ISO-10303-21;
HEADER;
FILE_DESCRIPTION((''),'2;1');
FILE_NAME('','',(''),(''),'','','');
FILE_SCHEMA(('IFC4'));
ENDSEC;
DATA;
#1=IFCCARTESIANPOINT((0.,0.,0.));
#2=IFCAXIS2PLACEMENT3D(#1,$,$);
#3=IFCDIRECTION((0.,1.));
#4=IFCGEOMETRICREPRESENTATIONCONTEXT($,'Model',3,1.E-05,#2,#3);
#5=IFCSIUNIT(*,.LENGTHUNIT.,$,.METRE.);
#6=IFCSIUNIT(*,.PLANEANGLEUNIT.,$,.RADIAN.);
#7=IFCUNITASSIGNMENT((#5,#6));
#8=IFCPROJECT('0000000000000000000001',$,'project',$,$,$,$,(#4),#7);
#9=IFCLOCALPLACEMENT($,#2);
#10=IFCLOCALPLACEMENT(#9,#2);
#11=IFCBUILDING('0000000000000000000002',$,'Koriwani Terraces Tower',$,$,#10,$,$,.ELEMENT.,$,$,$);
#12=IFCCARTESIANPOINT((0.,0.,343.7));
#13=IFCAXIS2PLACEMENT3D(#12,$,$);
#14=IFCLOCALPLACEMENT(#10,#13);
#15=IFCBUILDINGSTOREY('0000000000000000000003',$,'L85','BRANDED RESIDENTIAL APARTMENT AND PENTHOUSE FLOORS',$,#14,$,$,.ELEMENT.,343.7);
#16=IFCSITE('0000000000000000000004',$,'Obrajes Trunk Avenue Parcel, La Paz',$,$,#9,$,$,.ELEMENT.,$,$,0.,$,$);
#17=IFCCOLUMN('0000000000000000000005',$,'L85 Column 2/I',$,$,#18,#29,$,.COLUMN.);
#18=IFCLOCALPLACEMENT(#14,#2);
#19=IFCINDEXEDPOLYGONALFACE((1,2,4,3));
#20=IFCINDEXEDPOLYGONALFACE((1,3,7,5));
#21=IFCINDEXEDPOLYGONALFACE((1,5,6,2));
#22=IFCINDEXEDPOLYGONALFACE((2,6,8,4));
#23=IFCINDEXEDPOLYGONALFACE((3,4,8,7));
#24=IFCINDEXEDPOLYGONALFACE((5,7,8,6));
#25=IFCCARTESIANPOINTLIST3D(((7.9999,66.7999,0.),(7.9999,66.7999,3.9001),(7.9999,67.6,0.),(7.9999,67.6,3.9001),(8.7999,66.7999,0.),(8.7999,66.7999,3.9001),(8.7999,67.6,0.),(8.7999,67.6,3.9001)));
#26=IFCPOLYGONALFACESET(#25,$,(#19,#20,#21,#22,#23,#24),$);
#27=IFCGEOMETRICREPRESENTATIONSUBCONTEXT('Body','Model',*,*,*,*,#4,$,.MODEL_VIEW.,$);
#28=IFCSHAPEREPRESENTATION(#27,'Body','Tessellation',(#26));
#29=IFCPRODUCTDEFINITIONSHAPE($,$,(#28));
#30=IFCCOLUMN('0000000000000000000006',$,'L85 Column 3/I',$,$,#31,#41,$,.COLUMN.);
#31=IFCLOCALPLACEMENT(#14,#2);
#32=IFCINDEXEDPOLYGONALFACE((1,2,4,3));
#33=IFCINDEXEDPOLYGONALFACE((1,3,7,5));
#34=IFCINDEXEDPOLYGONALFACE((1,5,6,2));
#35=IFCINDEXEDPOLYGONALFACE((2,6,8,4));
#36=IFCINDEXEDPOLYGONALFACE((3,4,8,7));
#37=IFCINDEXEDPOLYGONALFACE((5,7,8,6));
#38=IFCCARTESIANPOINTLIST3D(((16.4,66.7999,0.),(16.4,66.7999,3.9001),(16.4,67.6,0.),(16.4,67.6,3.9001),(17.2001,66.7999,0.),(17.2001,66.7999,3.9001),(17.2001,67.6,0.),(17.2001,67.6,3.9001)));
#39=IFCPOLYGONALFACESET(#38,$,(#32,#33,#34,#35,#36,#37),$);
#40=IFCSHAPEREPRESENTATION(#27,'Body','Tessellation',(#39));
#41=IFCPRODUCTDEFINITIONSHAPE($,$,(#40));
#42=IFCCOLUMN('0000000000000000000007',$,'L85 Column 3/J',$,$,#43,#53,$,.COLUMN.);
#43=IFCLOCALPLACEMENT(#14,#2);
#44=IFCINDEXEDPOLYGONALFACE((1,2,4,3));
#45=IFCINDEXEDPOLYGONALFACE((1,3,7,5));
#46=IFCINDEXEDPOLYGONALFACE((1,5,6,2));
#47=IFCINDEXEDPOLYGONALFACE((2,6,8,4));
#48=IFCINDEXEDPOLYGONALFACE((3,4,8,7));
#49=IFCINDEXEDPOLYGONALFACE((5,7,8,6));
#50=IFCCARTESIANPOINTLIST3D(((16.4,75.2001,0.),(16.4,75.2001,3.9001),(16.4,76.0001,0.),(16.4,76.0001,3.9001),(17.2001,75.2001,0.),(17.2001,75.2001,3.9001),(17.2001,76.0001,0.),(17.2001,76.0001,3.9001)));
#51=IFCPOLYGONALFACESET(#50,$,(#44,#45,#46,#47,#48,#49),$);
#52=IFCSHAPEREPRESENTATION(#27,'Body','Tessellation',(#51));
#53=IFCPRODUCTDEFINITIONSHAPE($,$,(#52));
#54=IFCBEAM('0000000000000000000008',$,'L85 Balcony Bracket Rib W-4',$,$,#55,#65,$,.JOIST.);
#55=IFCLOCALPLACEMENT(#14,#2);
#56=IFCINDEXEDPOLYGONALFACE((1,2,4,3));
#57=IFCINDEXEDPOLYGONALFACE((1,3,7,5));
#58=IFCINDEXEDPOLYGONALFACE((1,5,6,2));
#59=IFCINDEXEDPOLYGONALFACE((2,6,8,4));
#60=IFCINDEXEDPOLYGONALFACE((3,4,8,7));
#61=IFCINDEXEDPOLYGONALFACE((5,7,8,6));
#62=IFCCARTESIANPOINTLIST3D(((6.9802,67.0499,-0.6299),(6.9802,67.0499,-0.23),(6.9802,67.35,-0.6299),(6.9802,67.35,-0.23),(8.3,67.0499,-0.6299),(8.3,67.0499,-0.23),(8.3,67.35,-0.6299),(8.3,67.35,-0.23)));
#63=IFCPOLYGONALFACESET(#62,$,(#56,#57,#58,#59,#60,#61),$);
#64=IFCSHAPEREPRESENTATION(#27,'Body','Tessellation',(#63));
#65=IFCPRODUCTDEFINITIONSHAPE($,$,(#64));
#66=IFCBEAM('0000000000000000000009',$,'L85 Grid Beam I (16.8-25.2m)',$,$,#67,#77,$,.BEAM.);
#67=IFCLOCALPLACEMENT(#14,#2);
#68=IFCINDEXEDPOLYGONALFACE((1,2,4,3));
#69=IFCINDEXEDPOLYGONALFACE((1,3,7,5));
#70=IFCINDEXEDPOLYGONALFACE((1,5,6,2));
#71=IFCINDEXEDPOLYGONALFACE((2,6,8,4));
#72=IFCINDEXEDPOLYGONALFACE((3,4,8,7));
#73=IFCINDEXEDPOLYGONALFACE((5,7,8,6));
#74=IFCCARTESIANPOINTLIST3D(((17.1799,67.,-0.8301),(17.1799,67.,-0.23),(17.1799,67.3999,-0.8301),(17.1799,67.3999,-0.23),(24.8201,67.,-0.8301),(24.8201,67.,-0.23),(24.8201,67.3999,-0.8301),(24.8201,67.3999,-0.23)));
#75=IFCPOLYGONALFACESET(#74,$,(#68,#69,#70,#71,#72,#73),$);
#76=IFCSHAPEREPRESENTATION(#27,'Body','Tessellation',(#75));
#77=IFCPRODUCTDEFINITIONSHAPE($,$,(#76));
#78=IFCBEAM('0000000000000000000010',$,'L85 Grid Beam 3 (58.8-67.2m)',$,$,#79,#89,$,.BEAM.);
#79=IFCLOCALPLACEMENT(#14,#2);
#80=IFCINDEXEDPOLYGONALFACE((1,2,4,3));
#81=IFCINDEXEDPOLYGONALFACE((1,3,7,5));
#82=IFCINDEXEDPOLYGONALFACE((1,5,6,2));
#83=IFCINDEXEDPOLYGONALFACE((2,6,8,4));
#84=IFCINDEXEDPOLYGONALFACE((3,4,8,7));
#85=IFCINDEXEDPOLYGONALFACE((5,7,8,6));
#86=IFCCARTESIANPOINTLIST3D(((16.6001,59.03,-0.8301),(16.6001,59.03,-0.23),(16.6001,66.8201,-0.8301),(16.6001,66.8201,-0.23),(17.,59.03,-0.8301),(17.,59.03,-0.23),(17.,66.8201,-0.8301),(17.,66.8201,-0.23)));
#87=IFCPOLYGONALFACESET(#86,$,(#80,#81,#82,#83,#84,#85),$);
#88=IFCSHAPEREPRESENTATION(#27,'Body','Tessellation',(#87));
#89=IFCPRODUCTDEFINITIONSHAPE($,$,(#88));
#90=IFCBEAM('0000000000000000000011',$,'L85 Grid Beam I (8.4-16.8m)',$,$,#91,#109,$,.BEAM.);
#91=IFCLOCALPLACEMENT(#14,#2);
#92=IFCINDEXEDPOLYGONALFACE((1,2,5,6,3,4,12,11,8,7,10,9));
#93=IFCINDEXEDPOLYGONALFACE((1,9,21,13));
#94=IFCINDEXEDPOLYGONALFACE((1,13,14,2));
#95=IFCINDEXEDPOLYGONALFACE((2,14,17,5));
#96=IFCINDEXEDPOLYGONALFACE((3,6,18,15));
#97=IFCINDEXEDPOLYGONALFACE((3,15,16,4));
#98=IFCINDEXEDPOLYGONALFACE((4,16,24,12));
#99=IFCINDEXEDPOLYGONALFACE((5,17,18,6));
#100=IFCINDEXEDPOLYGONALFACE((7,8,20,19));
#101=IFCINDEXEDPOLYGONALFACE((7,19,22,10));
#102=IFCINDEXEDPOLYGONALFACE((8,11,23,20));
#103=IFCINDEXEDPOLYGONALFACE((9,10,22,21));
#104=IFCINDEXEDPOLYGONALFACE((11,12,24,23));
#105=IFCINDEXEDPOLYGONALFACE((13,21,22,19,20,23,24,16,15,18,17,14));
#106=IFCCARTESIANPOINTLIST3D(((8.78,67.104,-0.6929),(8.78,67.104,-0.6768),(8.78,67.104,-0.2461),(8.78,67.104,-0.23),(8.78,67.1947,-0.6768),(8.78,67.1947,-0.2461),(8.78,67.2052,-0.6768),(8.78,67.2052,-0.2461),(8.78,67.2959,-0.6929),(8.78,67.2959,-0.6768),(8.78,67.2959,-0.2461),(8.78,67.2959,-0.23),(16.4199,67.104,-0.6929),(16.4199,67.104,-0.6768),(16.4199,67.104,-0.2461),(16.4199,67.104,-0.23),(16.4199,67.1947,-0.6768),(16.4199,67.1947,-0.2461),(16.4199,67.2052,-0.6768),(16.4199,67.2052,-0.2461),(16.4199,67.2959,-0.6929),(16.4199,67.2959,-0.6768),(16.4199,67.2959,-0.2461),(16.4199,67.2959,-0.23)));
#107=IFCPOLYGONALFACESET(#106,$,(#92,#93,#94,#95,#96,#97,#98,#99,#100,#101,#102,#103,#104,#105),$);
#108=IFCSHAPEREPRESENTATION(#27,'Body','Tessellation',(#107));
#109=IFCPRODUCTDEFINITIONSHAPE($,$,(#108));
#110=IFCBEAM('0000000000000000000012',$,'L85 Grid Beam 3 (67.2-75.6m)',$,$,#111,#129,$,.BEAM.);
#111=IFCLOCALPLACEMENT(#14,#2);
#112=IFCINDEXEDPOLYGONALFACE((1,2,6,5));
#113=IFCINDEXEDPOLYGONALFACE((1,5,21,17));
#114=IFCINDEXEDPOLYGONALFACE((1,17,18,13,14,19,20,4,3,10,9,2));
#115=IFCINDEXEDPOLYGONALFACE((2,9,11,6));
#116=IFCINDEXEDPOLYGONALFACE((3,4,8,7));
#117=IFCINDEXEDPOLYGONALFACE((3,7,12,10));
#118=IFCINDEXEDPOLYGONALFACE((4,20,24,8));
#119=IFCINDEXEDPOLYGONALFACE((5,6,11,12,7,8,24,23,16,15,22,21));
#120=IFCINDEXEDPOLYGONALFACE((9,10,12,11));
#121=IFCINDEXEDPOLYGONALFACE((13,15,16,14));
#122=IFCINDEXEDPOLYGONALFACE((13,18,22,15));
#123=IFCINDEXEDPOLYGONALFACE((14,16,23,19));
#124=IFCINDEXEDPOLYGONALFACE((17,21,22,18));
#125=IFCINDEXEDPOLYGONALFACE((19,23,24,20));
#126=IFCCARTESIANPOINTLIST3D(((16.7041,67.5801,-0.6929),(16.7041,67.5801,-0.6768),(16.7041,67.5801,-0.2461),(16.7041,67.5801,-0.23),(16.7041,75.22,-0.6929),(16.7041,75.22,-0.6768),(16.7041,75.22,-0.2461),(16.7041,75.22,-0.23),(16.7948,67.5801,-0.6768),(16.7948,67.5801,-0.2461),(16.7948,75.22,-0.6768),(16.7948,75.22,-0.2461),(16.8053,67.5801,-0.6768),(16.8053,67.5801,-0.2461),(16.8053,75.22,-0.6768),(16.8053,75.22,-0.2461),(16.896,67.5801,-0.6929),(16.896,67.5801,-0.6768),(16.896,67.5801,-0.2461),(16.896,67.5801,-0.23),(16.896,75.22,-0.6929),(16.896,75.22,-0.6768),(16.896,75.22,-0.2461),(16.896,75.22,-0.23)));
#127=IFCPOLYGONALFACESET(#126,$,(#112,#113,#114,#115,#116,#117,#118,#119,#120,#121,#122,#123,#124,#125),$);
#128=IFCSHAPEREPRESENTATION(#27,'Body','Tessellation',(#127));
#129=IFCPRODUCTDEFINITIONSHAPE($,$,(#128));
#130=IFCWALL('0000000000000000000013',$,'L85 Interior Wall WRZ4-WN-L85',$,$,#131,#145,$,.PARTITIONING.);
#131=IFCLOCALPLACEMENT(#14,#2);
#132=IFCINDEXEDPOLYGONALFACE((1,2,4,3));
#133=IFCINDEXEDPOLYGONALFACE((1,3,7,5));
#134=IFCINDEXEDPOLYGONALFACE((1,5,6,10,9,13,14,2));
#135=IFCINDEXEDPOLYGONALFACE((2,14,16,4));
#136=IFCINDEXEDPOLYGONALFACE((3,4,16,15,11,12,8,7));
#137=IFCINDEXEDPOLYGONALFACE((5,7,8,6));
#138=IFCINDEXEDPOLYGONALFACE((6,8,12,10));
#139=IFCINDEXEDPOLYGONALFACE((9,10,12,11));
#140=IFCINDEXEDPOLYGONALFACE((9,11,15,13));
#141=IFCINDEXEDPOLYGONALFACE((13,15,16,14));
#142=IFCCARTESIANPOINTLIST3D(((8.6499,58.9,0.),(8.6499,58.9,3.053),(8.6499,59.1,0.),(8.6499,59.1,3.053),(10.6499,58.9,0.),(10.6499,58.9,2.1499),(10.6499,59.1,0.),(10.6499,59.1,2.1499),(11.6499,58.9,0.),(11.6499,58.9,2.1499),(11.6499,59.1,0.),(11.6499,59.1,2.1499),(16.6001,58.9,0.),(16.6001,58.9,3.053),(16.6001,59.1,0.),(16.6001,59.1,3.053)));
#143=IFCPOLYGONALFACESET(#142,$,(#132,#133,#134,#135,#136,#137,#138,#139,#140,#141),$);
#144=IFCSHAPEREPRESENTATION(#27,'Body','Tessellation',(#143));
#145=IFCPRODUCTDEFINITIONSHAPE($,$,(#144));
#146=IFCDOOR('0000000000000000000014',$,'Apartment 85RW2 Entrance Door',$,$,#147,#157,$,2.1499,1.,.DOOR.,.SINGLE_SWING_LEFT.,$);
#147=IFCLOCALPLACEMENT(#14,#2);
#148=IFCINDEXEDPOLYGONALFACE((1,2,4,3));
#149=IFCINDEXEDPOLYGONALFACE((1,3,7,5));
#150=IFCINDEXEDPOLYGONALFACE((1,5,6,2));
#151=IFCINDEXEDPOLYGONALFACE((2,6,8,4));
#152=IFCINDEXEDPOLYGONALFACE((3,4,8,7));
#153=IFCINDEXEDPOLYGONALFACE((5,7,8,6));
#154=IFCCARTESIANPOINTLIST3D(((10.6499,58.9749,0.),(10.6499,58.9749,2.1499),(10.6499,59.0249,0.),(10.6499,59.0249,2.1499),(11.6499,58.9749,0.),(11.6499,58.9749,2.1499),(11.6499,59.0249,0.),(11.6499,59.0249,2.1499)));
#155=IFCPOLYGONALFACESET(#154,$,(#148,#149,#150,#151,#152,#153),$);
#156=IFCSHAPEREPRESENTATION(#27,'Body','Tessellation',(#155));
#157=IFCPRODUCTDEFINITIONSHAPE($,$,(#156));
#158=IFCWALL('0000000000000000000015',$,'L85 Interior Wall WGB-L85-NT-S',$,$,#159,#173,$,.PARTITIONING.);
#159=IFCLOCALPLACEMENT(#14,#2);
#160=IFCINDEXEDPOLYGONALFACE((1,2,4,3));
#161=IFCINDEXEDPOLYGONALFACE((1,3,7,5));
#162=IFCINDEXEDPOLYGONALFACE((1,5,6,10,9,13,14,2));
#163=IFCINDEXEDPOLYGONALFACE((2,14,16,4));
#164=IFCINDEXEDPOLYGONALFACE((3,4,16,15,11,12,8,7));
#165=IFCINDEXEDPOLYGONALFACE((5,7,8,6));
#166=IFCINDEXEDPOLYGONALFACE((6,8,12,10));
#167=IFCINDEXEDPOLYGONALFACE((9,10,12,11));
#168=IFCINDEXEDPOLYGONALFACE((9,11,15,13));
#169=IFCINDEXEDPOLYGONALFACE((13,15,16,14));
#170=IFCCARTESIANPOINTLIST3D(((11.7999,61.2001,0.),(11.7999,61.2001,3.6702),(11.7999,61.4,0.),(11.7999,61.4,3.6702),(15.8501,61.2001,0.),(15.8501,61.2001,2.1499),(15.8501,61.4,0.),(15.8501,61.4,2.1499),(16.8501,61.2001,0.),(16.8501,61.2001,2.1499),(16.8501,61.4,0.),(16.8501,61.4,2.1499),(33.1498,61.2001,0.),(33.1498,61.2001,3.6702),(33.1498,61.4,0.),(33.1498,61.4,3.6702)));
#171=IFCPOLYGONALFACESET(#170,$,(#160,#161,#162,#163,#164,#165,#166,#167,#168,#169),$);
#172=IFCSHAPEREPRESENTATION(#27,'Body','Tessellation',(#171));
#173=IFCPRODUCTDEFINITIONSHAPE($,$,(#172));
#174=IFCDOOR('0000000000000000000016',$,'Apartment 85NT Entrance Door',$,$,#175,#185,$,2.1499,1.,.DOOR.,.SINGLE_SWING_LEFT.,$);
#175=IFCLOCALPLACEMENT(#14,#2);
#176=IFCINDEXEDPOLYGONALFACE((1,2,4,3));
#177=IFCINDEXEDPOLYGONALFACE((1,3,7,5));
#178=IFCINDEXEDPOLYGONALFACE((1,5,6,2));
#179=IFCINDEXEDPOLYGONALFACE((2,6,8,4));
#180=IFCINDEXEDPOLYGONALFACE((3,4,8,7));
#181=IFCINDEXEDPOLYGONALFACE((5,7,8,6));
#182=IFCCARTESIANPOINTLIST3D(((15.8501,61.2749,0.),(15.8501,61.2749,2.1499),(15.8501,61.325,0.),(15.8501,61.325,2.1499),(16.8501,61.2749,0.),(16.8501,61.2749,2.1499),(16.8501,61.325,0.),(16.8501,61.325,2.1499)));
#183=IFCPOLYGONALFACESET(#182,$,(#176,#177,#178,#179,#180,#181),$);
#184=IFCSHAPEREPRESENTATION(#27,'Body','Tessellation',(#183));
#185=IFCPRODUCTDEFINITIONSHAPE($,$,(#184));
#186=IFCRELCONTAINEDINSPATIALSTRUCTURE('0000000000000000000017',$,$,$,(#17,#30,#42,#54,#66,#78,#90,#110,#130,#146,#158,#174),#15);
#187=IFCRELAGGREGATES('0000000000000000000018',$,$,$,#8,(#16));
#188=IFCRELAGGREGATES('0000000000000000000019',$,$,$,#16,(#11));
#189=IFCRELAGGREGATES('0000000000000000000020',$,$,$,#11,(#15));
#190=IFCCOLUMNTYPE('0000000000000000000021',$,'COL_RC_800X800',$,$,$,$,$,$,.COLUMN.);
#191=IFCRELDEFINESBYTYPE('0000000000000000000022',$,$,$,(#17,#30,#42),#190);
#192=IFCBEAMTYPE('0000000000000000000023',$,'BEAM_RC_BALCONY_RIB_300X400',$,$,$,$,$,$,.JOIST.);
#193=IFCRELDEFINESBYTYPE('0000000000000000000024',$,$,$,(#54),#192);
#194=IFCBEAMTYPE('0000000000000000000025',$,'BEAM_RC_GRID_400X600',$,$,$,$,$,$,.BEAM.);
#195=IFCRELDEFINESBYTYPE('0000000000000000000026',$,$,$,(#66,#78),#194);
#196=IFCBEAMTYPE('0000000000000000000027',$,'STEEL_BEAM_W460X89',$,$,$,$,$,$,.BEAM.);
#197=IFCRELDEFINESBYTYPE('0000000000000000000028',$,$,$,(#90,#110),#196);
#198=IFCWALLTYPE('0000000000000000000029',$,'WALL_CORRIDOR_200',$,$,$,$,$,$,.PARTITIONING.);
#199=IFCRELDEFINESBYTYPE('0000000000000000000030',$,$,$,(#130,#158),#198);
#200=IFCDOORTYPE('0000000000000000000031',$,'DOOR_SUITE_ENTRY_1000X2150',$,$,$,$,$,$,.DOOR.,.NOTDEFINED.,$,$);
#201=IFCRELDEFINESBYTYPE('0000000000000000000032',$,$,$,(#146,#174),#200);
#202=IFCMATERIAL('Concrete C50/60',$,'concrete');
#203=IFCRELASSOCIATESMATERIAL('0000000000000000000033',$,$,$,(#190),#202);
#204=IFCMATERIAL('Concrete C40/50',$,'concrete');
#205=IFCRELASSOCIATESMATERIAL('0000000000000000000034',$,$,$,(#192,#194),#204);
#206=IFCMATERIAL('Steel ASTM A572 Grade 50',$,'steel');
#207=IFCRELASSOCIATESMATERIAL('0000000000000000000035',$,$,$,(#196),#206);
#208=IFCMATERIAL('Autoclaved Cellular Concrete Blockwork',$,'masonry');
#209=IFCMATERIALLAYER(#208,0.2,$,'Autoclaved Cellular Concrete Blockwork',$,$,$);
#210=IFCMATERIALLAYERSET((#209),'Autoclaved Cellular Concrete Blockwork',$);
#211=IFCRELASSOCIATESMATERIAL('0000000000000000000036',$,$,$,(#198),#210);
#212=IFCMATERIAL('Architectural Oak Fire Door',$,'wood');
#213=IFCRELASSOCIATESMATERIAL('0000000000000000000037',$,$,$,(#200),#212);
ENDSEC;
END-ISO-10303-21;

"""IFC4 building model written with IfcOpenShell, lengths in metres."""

from ifc_helpers import new_model, si_unit, direction, frame, frame_2d, origin, origin_2d, place, context, subcontext, project, spatial, rectangle, i_section, extrude, material, layer, layer_set, material_profile, profile_set, type_object, element, fill, save


model = new_model("IFC4")

# Units and contexts
model_context = context("Model", 3, precision=1e-05, world=origin(), true_north=direction((0.0, 1.0)))
body_context = subcontext(model_context, "Body", "Model", "MODEL_VIEW")
ifc_project = project(units=[si_unit("LENGTHUNIT", "METRE"), si_unit("PLANEANGLEUNIT", "RADIAN")], contexts=[model_context])

# Site, building, storey
site_placement = place(None, origin())
site = spatial("IfcSite", under=ifc_project, at=site_placement, Name="Obrajes Trunk Avenue Parcel, La Paz", CompositionType="ELEMENT", RefElevation=0.0)
building_placement = place(site_placement, origin())
building = spatial("IfcBuilding", under=site, at=building_placement, Name="Koriwani Terraces Tower", CompositionType="ELEMENT")
storey_placement = place(building_placement, frame((0.0, 0.0, 343.7)))
storey = spatial("IfcBuildingStorey", under=building, at=storey_placement, Name="L85", Description="BRANDED RESIDENTIAL APARTMENT AND PENTHOUSE FLOORS", CompositionType="ELEMENT", Elevation=343.7)

# Columns
ifc_material_1 = material(Name="Concrete C50/60", Category="concrete")
ifc_material_profile_1 = material_profile(ifc_material_1, rectangle(XDim=0.8, YDim=0.8, at=origin_2d()), Name="Concrete C50/60", Category="LoadBearing")
ifc_profile_set_1 = profile_set([ifc_material_profile_1], Name="Concrete C50/60")
column_type = type_object("IfcColumnType", Name="COL_RC_800X800", PredefinedType="COLUMN", material=ifc_profile_set_1)
for number, where, z_axis, x_axis, name in (
    (1, (8.3999, 67.2, 0.0), (0.0, 0.0, 1.0), (1.0, 0.0, 0.0), "L85 Column 2/I"),
    (2, (16.8, 67.2, 0.0), (0.0, 0.0, 1.0), (1.0, 0.0, 0.0), "L85 Column 3/I"),
    (3, (16.8, 75.6001, 0.0), (0.0, 0.0, 1.0), (1.0, 0.0, 0.0), "L85 Column 3/J"),
):
    element("IfcColumn", number, at=place(storey_placement, frame(where, z_axis=z_axis, x_axis=x_axis)), inside=storey, type_object=column_type, Name=name, PredefinedType="COLUMN", context=body_context, shape_type="SweptSolid", body=[
        extrude(rectangle(XDim=0.8, YDim=0.8, at=origin_2d()), origin(), (0.0, 0.0, 1.0), 3.9001),
    ])

# Beams
ifc_material_2 = material(Name="Concrete C40/50", Category="concrete")
ifc_material_profile_2 = material_profile(ifc_material_2, rectangle(XDim=0.3, YDim=0.3999, at=origin_2d()), Name="Concrete C40/50", Category="LoadBearing")
ifc_profile_set_2 = profile_set([ifc_material_profile_2], Name="Concrete C40/50")
beam_type_1 = type_object("IfcBeamType", Name="BEAM_RC_BALCONY_RIB_300X400", PredefinedType="JOIST", material=ifc_profile_set_2)
beam_1_placement = place(storey_placement, frame((6.9802, 67.2, -0.4299), z_axis=(1.0, 0.0, 0.0), x_axis=(0.0, 1.0, 0.0)))
element("IfcBeam", 4, at=beam_1_placement, inside=storey, type_object=beam_type_1, Name="L85 Balcony Bracket Rib W-4", PredefinedType="JOIST", context=body_context, shape_type="SweptSolid", body=[
    extrude(rectangle(XDim=0.3, YDim=0.3999, at=origin_2d()), origin(), (0.0, 0.0, 1.0), 1.3198),
])
ifc_material_profile_3 = material_profile(ifc_material_2, rectangle(XDim=0.3999, YDim=0.6001, at=origin_2d()), Name="Concrete C40/50", Category="LoadBearing")
ifc_profile_set_3 = profile_set([ifc_material_profile_3], Name="Concrete C40/50")
beam_type_2 = type_object("IfcBeamType", Name="BEAM_RC_GRID_400X600", PredefinedType="BEAM", material=ifc_profile_set_3)
beam_2_placement = place(storey_placement, frame((17.1799, 67.2, -0.53), z_axis=(1.0, 0.0, 0.0), x_axis=(0.0, 1.0, 0.0)))
element("IfcBeam", 5, at=beam_2_placement, inside=storey, type_object=beam_type_2, Name="L85 Grid Beam I (16.8-25.2m)", PredefinedType="BEAM", context=body_context, shape_type="SweptSolid", body=[
    extrude(rectangle(XDim=0.3999, YDim=0.6001, at=origin_2d()), origin(), (0.0, 0.0, 1.0), 7.6401),
])
beam_3_placement = place(storey_placement, frame((16.8, 59.03, -0.53), z_axis=(0.0, 1.0, 0.0), x_axis=(-1.0, 0.0, 0.0)))
element("IfcBeam", 6, at=beam_3_placement, inside=storey, type_object=beam_type_2, Name="L85 Grid Beam 3 (58.8-67.2m)", PredefinedType="BEAM", context=body_context, shape_type="SweptSolid", body=[
    extrude(rectangle(XDim=0.3999, YDim=0.6001, at=origin_2d()), origin(), (0.0, 0.0, 1.0), 7.79),
])
ifc_material_3 = material(Name="Steel ASTM A572 Grade 50", Category="steel")
ifc_material_profile_4 = material_profile(ifc_material_3, i_section(OverallWidth=0.1919, OverallDepth=0.4629, WebThickness=0.0105, FlangeThickness=0.0161, at=origin_2d()), Name="Steel ASTM A572 Grade 50", Category="LoadBearing")
ifc_profile_set_4 = profile_set([ifc_material_profile_4], Name="Steel ASTM A572 Grade 50")
beam_type_3 = type_object("IfcBeamType", Name="STEEL_BEAM_W460X89", PredefinedType="BEAM", material=ifc_profile_set_4)
for number, where, z_axis, x_axis, name in (
    (7, (8.78, 67.2, -0.4614), (1.0, 0.0, 0.0), (0.0, 1.0, 0.0), "L85 Grid Beam I (8.4-16.8m)"),
    (8, (16.8, 67.5801, -0.4614), (0.0, 1.0, 0.0), (-1.0, 0.0, 0.0), "L85 Grid Beam 3 (67.2-75.6m)"),
):
    element("IfcBeam", number, at=place(storey_placement, frame(where, z_axis=z_axis, x_axis=x_axis)), inside=storey, type_object=beam_type_3, Name=name, PredefinedType="BEAM", context=body_context, shape_type="SweptSolid", body=[
        extrude(i_section(OverallWidth=0.1919, OverallDepth=0.4629, WebThickness=0.0105, FlangeThickness=0.0161, at=origin_2d()), origin(), (0.0, 0.0, 1.0), 7.6399),
    ])

# Walls, openings, doors
ifc_material_4 = material(Name="Autoclaved Cellular Concrete Blockwork", Category="masonry")
ifc_layer_1 = layer(ifc_material_4, 0.2, Name="Autoclaved Cellular Concrete Blockwork")
ifc_layer_set_1 = layer_set([ifc_layer_1], Name="Autoclaved Cellular Concrete Blockwork")
wall_type_1 = type_object("IfcWallType", Name="WALL_CORRIDOR_200", PredefinedType="PARTITIONING", material=ifc_layer_set_1)
wall_1_placement = place(storey_placement, frame((8.6499, 59.0, 0.0), z_axis=(0.0, 0.0, 1.0), x_axis=(1.0, 0.0, 0.0)))
wall_1 = element("IfcWall", 9, at=wall_1_placement, inside=storey, type_object=wall_type_1, Name="L85 Interior Wall WRZ4-WN-L85", PredefinedType="PARTITIONING", context=body_context, shape_type="SweptSolid", body=[
    extrude(rectangle(XDim=7.9502, YDim=0.2, at=frame_2d((3.9751, 0.0))), origin(), (0.0, 0.0, 1.0), 3.053),
])
opening_1_placement = place(wall_1_placement, frame((2.0, 0.0, 0.0)))
opening_1 = element("IfcOpeningElement", 10, at=opening_1_placement, cuts=wall_1, PredefinedType="OPENING", context=body_context, shape_type="SweptSolid", body=[
    extrude(rectangle(XDim=1.0, YDim=2.1499, at=frame_2d((0.5, 1.075))), frame((0.0, 0.1099, 0.0), z_axis=(0.0, -1.0, 0.0), x_axis=(1.0, 0.0, 0.0)), (0.0, 0.0, 1.0), 0.22),
])
ifc_material_5 = material(Name="Architectural Oak Fire Door", Category="wood")
door_type_1 = type_object("IfcDoorType", Name="DOOR_SUITE_ENTRY_1000X2150", OperationType="NOTDEFINED", PredefinedType="DOOR", material=ifc_material_5)
door_1_placement = place(opening_1_placement, origin())
door_1 = element("IfcDoor", 11, at=door_1_placement, inside=storey, type_object=door_type_1, Name="Apartment 85RW2 Entrance Door", OperationType="SINGLE_SWING_LEFT", OverallHeight=2.1499, OverallWidth=1.0, PredefinedType="DOOR", context=body_context, shape_type="SweptSolid", body=[
    extrude(rectangle(XDim=1.0, YDim=2.1499, at=frame_2d((0.5, 1.075))), frame((0.0, 0.0249, 0.0), z_axis=(0.0, -1.0, 0.0), x_axis=(1.0, 0.0, 0.0)), (0.0, 0.0, 1.0), 0.05),
])
fill(opening_1, door_1)
wall_2_placement = place(storey_placement, frame((11.8, 61.3, 0.0), z_axis=(0.0, 0.0, 1.0), x_axis=(1.0, 0.0, 0.0)))
wall_2 = element("IfcWall", 12, at=wall_2_placement, inside=storey, type_object=wall_type_1, Name="L85 Interior Wall WGB-L85-NT-S", PredefinedType="PARTITIONING", context=body_context, shape_type="SweptSolid", body=[
    extrude(rectangle(XDim=21.3499, YDim=0.2, at=frame_2d((10.6748, 0.0))), origin(), (0.0, 0.0, 1.0), 3.6702),
])
opening_2_placement = place(wall_2_placement, frame((4.05, 0.0, 0.0)))
opening_2 = element("IfcOpeningElement", 13, at=opening_2_placement, cuts=wall_2, PredefinedType="OPENING", context=body_context, shape_type="SweptSolid", body=[
    extrude(rectangle(XDim=1.0, YDim=2.1499, at=frame_2d((0.5, 1.075))), frame((0.0, 0.1099, 0.0), z_axis=(0.0, -1.0, 0.0), x_axis=(1.0, 0.0, 0.0)), (0.0, 0.0, 1.0), 0.22),
])
door_2_placement = place(opening_2_placement, origin())
door_2 = element("IfcDoor", 14, at=door_2_placement, inside=storey, type_object=door_type_1, Name="Apartment 85NT Entrance Door", OperationType="SINGLE_SWING_LEFT", OverallHeight=2.1499, OverallWidth=1.0, PredefinedType="DOOR", context=body_context, shape_type="SweptSolid", body=[
    extrude(rectangle(XDim=1.0, YDim=2.1499, at=frame_2d((0.5, 1.075))), frame((0.0, 0.0249, 0.0), z_axis=(0.0, -1.0, 0.0), x_axis=(1.0, 0.0, 0.0)), (0.0, 0.0, 1.0), 0.05),
])
fill(opening_2, door_2)

save(model, "model.ifc")
